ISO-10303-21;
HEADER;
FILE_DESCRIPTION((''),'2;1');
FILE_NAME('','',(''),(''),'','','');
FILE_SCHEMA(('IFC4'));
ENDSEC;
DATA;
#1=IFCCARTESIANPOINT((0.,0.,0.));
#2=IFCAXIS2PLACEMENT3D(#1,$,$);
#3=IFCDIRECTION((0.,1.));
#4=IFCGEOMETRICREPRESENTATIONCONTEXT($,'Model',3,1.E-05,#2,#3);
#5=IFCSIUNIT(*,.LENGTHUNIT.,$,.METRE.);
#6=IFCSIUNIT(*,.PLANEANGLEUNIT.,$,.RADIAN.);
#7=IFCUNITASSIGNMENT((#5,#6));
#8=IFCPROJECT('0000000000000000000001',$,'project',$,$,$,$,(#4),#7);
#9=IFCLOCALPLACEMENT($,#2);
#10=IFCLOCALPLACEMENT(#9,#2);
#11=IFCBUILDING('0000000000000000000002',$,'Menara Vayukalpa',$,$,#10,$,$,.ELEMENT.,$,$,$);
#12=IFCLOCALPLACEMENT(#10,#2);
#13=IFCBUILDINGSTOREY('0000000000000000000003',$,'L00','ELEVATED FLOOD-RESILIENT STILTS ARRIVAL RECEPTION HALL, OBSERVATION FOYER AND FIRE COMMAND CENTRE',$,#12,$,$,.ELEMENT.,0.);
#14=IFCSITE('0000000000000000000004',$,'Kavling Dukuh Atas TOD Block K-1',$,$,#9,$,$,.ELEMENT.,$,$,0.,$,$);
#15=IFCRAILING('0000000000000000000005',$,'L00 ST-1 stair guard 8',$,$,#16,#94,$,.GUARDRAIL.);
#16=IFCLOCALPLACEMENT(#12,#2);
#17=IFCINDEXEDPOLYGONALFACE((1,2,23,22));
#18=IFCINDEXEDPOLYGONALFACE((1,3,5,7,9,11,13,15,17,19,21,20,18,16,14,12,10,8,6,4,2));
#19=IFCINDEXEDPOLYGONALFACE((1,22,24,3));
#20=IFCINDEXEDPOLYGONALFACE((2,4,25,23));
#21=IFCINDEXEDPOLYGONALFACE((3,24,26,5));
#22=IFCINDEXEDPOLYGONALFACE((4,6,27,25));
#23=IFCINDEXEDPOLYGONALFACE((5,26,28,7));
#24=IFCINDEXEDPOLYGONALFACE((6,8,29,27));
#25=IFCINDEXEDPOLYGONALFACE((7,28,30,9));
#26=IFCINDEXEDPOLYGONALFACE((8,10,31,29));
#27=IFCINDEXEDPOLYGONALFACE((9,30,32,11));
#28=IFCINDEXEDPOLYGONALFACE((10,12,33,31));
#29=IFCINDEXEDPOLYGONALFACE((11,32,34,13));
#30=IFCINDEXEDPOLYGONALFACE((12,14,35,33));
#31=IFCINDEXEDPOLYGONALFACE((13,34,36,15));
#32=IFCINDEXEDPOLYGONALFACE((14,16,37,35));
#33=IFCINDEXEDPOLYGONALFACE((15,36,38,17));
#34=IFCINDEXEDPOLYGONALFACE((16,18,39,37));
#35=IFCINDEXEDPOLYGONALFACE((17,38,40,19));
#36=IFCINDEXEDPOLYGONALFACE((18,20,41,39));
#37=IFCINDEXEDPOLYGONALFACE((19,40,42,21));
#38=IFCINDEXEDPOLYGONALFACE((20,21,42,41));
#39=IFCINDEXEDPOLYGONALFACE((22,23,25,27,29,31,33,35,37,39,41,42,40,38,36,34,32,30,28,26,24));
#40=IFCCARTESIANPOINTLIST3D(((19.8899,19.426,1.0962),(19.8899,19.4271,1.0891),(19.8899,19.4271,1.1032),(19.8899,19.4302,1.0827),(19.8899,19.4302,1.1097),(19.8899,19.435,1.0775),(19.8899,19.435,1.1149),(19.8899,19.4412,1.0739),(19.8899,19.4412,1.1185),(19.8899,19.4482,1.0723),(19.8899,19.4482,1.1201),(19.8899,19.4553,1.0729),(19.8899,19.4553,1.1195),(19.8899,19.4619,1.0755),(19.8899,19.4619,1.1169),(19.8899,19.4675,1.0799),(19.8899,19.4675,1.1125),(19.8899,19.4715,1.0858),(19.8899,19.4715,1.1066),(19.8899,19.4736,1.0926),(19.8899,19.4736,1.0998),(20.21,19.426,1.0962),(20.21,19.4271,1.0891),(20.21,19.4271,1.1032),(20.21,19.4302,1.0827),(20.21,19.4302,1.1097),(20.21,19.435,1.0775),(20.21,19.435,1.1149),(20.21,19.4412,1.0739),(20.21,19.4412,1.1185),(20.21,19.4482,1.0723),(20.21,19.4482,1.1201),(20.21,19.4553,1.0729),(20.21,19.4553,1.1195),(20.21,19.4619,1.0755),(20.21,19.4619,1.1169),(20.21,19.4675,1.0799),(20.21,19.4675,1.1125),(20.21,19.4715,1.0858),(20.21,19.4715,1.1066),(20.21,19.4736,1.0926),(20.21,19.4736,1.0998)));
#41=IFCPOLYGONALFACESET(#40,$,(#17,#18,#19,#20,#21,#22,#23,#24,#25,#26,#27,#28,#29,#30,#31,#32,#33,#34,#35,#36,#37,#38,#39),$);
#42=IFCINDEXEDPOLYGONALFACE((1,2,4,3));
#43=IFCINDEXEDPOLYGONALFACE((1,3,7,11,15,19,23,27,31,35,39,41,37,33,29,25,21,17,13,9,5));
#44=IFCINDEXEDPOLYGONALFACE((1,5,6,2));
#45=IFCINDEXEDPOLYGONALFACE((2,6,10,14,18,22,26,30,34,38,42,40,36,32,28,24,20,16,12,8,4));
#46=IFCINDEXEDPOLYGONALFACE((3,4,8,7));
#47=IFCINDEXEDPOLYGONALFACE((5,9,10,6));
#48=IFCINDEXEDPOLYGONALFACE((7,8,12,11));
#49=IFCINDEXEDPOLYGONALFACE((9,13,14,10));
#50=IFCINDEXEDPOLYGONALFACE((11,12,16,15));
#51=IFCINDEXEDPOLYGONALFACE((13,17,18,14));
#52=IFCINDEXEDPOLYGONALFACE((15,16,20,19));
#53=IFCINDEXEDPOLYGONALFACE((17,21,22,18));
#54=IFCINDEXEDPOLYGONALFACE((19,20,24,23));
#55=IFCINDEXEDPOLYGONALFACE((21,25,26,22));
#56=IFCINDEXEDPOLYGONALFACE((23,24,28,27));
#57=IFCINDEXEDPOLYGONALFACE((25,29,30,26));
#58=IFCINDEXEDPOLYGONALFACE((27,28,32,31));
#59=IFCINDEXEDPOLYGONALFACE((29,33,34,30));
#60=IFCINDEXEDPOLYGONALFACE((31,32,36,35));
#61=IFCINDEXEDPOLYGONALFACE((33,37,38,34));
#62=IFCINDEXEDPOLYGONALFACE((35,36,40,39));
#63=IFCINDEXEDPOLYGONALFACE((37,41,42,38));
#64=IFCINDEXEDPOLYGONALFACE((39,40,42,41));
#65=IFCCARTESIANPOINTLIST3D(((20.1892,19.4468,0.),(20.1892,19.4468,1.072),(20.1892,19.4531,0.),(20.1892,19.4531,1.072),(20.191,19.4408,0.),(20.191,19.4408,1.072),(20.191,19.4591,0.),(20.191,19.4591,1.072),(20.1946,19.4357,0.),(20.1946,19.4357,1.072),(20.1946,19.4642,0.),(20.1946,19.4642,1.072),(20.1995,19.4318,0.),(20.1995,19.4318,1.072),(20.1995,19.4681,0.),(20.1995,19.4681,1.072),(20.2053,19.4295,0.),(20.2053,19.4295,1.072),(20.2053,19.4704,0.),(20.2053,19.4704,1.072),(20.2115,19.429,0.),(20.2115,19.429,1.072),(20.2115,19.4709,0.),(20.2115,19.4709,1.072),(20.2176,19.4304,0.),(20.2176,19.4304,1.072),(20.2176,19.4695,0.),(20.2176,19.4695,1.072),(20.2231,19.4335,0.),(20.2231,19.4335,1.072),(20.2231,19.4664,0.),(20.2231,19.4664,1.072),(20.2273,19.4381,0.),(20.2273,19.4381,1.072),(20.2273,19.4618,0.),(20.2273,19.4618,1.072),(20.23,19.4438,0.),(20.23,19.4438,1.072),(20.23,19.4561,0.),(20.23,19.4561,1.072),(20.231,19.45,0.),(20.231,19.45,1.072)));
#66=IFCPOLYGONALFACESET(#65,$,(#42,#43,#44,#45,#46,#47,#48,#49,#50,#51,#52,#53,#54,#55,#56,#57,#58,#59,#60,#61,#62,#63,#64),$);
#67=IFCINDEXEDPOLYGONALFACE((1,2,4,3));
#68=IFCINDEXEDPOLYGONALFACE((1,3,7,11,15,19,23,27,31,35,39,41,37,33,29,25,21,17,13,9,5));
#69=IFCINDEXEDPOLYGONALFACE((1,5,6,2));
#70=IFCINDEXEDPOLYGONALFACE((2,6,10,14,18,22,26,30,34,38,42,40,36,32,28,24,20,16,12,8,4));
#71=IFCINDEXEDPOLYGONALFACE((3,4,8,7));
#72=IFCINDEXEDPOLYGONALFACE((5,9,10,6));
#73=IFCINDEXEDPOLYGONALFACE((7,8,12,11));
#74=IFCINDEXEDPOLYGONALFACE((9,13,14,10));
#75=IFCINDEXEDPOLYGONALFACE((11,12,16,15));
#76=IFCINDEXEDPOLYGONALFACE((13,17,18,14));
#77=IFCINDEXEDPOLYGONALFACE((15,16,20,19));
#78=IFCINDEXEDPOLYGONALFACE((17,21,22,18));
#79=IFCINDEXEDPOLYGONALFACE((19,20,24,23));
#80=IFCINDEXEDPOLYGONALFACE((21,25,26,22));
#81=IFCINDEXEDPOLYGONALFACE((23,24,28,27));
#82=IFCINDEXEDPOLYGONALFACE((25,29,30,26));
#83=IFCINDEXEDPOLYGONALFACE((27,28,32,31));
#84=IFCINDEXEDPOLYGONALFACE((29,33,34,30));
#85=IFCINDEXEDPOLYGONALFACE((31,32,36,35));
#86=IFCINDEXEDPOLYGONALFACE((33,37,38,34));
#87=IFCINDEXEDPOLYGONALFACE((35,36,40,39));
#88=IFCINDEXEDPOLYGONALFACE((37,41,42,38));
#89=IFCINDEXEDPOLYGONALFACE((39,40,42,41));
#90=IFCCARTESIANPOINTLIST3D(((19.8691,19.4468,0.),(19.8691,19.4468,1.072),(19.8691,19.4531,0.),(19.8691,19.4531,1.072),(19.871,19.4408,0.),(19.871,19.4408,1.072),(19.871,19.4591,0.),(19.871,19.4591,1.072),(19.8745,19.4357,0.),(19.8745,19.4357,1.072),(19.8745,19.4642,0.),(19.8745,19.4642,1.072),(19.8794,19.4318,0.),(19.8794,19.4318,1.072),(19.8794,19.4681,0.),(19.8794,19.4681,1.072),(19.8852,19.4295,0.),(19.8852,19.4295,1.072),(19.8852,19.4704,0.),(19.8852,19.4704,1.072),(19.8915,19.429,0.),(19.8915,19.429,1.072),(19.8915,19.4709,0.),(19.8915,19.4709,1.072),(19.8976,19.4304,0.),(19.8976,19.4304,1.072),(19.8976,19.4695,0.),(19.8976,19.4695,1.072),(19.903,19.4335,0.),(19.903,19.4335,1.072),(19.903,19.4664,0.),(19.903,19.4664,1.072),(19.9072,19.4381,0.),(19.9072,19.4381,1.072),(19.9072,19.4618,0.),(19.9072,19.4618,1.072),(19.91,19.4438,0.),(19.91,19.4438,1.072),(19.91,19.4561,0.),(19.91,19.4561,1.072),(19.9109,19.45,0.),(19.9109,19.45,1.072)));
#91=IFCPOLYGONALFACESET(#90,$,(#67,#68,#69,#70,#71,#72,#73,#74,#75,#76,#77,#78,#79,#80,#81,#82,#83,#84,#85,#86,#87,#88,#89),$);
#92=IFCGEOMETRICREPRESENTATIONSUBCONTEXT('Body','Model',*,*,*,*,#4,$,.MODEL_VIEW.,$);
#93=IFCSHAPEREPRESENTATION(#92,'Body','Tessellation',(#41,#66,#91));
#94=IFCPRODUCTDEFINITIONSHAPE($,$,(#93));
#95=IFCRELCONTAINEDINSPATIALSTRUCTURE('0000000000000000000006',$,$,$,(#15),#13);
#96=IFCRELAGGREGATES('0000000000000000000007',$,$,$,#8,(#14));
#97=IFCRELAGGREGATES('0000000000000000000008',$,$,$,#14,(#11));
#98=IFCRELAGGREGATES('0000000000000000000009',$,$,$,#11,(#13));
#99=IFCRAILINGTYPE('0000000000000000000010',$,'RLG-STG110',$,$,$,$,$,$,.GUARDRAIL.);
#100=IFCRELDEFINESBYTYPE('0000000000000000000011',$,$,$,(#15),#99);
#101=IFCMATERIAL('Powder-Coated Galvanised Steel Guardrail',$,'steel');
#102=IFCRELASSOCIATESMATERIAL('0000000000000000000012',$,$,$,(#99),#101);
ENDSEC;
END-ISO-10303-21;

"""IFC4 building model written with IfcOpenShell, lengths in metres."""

from ifc_helpers import new_model, si_unit, direction, frame, origin, origin_2d, place, context, subcontext, project, spatial, circle, extrude, material, type_object, element, save


model = new_model("IFC4")

# Units and contexts
model_context = context("Model", 3, precision=1e-05, world=origin(), true_north=direction((0.0, 1.0)))
body_context = subcontext(model_context, "Body", "Model", "MODEL_VIEW")
ifc_project = project(units=[si_unit("LENGTHUNIT", "METRE"), si_unit("PLANEANGLEUNIT", "RADIAN")], contexts=[model_context])

# Site, building, storey
site_placement = place(None, origin())
site = spatial("IfcSite", under=ifc_project, at=site_placement, Name="Kavling Dukuh Atas TOD Block K-1", CompositionType="ELEMENT", RefElevation=0.0)
building_placement = place(site_placement, origin())
building = spatial("IfcBuilding", under=site, at=building_placement, Name="Menara Vayukalpa", CompositionType="ELEMENT")
storey_placement = place(building_placement, origin())
storey = spatial("IfcBuildingStorey", under=building, at=storey_placement, Name="L00", Description="ELEVATED FLOOD-RESILIENT STILTS ARRIVAL RECEPTION HALL, OBSERVATION FOYER AND FIRE COMMAND CENTRE", CompositionType="ELEMENT", Elevation=0.0)

# Railing
ifc_material_1 = material(Name="Powder-Coated Galvanised Steel Guardrail", Category="steel")
railing_type = type_object("IfcRailingType", Name="RLG-STG110", PredefinedType="GUARDRAIL", material=ifc_material_1)
railing_1_placement = place(storey_placement, frame((20.21, 19.45, 0.0)))
element("IfcRailing", 1, at=railing_1_placement, inside=storey, type_object=railing_type, Name="L00 ST-1 stair guard 8", PredefinedType="GUARDRAIL", context=body_context, shape_type="SweptSolid", body=[
    extrude(circle(Radius=0.0239, at=origin_2d()), frame((0.0, 0.0, 1.0962), z_axis=(-1.0, 0.0, 0.0), x_axis=(0.0, -1.0, 0.0)), (0.0, 0.0, 1.0), 0.3201),
    extrude(circle(Radius=0.021, at=origin_2d()), origin(), (0.0, 0.0, 1.0), 1.072),
    extrude(circle(Radius=0.021, at=origin_2d()), frame((-0.3201, 0.0, 0.0)), (0.0, 0.0, 1.0), 1.072),
])

save(model, "model.ifc")
